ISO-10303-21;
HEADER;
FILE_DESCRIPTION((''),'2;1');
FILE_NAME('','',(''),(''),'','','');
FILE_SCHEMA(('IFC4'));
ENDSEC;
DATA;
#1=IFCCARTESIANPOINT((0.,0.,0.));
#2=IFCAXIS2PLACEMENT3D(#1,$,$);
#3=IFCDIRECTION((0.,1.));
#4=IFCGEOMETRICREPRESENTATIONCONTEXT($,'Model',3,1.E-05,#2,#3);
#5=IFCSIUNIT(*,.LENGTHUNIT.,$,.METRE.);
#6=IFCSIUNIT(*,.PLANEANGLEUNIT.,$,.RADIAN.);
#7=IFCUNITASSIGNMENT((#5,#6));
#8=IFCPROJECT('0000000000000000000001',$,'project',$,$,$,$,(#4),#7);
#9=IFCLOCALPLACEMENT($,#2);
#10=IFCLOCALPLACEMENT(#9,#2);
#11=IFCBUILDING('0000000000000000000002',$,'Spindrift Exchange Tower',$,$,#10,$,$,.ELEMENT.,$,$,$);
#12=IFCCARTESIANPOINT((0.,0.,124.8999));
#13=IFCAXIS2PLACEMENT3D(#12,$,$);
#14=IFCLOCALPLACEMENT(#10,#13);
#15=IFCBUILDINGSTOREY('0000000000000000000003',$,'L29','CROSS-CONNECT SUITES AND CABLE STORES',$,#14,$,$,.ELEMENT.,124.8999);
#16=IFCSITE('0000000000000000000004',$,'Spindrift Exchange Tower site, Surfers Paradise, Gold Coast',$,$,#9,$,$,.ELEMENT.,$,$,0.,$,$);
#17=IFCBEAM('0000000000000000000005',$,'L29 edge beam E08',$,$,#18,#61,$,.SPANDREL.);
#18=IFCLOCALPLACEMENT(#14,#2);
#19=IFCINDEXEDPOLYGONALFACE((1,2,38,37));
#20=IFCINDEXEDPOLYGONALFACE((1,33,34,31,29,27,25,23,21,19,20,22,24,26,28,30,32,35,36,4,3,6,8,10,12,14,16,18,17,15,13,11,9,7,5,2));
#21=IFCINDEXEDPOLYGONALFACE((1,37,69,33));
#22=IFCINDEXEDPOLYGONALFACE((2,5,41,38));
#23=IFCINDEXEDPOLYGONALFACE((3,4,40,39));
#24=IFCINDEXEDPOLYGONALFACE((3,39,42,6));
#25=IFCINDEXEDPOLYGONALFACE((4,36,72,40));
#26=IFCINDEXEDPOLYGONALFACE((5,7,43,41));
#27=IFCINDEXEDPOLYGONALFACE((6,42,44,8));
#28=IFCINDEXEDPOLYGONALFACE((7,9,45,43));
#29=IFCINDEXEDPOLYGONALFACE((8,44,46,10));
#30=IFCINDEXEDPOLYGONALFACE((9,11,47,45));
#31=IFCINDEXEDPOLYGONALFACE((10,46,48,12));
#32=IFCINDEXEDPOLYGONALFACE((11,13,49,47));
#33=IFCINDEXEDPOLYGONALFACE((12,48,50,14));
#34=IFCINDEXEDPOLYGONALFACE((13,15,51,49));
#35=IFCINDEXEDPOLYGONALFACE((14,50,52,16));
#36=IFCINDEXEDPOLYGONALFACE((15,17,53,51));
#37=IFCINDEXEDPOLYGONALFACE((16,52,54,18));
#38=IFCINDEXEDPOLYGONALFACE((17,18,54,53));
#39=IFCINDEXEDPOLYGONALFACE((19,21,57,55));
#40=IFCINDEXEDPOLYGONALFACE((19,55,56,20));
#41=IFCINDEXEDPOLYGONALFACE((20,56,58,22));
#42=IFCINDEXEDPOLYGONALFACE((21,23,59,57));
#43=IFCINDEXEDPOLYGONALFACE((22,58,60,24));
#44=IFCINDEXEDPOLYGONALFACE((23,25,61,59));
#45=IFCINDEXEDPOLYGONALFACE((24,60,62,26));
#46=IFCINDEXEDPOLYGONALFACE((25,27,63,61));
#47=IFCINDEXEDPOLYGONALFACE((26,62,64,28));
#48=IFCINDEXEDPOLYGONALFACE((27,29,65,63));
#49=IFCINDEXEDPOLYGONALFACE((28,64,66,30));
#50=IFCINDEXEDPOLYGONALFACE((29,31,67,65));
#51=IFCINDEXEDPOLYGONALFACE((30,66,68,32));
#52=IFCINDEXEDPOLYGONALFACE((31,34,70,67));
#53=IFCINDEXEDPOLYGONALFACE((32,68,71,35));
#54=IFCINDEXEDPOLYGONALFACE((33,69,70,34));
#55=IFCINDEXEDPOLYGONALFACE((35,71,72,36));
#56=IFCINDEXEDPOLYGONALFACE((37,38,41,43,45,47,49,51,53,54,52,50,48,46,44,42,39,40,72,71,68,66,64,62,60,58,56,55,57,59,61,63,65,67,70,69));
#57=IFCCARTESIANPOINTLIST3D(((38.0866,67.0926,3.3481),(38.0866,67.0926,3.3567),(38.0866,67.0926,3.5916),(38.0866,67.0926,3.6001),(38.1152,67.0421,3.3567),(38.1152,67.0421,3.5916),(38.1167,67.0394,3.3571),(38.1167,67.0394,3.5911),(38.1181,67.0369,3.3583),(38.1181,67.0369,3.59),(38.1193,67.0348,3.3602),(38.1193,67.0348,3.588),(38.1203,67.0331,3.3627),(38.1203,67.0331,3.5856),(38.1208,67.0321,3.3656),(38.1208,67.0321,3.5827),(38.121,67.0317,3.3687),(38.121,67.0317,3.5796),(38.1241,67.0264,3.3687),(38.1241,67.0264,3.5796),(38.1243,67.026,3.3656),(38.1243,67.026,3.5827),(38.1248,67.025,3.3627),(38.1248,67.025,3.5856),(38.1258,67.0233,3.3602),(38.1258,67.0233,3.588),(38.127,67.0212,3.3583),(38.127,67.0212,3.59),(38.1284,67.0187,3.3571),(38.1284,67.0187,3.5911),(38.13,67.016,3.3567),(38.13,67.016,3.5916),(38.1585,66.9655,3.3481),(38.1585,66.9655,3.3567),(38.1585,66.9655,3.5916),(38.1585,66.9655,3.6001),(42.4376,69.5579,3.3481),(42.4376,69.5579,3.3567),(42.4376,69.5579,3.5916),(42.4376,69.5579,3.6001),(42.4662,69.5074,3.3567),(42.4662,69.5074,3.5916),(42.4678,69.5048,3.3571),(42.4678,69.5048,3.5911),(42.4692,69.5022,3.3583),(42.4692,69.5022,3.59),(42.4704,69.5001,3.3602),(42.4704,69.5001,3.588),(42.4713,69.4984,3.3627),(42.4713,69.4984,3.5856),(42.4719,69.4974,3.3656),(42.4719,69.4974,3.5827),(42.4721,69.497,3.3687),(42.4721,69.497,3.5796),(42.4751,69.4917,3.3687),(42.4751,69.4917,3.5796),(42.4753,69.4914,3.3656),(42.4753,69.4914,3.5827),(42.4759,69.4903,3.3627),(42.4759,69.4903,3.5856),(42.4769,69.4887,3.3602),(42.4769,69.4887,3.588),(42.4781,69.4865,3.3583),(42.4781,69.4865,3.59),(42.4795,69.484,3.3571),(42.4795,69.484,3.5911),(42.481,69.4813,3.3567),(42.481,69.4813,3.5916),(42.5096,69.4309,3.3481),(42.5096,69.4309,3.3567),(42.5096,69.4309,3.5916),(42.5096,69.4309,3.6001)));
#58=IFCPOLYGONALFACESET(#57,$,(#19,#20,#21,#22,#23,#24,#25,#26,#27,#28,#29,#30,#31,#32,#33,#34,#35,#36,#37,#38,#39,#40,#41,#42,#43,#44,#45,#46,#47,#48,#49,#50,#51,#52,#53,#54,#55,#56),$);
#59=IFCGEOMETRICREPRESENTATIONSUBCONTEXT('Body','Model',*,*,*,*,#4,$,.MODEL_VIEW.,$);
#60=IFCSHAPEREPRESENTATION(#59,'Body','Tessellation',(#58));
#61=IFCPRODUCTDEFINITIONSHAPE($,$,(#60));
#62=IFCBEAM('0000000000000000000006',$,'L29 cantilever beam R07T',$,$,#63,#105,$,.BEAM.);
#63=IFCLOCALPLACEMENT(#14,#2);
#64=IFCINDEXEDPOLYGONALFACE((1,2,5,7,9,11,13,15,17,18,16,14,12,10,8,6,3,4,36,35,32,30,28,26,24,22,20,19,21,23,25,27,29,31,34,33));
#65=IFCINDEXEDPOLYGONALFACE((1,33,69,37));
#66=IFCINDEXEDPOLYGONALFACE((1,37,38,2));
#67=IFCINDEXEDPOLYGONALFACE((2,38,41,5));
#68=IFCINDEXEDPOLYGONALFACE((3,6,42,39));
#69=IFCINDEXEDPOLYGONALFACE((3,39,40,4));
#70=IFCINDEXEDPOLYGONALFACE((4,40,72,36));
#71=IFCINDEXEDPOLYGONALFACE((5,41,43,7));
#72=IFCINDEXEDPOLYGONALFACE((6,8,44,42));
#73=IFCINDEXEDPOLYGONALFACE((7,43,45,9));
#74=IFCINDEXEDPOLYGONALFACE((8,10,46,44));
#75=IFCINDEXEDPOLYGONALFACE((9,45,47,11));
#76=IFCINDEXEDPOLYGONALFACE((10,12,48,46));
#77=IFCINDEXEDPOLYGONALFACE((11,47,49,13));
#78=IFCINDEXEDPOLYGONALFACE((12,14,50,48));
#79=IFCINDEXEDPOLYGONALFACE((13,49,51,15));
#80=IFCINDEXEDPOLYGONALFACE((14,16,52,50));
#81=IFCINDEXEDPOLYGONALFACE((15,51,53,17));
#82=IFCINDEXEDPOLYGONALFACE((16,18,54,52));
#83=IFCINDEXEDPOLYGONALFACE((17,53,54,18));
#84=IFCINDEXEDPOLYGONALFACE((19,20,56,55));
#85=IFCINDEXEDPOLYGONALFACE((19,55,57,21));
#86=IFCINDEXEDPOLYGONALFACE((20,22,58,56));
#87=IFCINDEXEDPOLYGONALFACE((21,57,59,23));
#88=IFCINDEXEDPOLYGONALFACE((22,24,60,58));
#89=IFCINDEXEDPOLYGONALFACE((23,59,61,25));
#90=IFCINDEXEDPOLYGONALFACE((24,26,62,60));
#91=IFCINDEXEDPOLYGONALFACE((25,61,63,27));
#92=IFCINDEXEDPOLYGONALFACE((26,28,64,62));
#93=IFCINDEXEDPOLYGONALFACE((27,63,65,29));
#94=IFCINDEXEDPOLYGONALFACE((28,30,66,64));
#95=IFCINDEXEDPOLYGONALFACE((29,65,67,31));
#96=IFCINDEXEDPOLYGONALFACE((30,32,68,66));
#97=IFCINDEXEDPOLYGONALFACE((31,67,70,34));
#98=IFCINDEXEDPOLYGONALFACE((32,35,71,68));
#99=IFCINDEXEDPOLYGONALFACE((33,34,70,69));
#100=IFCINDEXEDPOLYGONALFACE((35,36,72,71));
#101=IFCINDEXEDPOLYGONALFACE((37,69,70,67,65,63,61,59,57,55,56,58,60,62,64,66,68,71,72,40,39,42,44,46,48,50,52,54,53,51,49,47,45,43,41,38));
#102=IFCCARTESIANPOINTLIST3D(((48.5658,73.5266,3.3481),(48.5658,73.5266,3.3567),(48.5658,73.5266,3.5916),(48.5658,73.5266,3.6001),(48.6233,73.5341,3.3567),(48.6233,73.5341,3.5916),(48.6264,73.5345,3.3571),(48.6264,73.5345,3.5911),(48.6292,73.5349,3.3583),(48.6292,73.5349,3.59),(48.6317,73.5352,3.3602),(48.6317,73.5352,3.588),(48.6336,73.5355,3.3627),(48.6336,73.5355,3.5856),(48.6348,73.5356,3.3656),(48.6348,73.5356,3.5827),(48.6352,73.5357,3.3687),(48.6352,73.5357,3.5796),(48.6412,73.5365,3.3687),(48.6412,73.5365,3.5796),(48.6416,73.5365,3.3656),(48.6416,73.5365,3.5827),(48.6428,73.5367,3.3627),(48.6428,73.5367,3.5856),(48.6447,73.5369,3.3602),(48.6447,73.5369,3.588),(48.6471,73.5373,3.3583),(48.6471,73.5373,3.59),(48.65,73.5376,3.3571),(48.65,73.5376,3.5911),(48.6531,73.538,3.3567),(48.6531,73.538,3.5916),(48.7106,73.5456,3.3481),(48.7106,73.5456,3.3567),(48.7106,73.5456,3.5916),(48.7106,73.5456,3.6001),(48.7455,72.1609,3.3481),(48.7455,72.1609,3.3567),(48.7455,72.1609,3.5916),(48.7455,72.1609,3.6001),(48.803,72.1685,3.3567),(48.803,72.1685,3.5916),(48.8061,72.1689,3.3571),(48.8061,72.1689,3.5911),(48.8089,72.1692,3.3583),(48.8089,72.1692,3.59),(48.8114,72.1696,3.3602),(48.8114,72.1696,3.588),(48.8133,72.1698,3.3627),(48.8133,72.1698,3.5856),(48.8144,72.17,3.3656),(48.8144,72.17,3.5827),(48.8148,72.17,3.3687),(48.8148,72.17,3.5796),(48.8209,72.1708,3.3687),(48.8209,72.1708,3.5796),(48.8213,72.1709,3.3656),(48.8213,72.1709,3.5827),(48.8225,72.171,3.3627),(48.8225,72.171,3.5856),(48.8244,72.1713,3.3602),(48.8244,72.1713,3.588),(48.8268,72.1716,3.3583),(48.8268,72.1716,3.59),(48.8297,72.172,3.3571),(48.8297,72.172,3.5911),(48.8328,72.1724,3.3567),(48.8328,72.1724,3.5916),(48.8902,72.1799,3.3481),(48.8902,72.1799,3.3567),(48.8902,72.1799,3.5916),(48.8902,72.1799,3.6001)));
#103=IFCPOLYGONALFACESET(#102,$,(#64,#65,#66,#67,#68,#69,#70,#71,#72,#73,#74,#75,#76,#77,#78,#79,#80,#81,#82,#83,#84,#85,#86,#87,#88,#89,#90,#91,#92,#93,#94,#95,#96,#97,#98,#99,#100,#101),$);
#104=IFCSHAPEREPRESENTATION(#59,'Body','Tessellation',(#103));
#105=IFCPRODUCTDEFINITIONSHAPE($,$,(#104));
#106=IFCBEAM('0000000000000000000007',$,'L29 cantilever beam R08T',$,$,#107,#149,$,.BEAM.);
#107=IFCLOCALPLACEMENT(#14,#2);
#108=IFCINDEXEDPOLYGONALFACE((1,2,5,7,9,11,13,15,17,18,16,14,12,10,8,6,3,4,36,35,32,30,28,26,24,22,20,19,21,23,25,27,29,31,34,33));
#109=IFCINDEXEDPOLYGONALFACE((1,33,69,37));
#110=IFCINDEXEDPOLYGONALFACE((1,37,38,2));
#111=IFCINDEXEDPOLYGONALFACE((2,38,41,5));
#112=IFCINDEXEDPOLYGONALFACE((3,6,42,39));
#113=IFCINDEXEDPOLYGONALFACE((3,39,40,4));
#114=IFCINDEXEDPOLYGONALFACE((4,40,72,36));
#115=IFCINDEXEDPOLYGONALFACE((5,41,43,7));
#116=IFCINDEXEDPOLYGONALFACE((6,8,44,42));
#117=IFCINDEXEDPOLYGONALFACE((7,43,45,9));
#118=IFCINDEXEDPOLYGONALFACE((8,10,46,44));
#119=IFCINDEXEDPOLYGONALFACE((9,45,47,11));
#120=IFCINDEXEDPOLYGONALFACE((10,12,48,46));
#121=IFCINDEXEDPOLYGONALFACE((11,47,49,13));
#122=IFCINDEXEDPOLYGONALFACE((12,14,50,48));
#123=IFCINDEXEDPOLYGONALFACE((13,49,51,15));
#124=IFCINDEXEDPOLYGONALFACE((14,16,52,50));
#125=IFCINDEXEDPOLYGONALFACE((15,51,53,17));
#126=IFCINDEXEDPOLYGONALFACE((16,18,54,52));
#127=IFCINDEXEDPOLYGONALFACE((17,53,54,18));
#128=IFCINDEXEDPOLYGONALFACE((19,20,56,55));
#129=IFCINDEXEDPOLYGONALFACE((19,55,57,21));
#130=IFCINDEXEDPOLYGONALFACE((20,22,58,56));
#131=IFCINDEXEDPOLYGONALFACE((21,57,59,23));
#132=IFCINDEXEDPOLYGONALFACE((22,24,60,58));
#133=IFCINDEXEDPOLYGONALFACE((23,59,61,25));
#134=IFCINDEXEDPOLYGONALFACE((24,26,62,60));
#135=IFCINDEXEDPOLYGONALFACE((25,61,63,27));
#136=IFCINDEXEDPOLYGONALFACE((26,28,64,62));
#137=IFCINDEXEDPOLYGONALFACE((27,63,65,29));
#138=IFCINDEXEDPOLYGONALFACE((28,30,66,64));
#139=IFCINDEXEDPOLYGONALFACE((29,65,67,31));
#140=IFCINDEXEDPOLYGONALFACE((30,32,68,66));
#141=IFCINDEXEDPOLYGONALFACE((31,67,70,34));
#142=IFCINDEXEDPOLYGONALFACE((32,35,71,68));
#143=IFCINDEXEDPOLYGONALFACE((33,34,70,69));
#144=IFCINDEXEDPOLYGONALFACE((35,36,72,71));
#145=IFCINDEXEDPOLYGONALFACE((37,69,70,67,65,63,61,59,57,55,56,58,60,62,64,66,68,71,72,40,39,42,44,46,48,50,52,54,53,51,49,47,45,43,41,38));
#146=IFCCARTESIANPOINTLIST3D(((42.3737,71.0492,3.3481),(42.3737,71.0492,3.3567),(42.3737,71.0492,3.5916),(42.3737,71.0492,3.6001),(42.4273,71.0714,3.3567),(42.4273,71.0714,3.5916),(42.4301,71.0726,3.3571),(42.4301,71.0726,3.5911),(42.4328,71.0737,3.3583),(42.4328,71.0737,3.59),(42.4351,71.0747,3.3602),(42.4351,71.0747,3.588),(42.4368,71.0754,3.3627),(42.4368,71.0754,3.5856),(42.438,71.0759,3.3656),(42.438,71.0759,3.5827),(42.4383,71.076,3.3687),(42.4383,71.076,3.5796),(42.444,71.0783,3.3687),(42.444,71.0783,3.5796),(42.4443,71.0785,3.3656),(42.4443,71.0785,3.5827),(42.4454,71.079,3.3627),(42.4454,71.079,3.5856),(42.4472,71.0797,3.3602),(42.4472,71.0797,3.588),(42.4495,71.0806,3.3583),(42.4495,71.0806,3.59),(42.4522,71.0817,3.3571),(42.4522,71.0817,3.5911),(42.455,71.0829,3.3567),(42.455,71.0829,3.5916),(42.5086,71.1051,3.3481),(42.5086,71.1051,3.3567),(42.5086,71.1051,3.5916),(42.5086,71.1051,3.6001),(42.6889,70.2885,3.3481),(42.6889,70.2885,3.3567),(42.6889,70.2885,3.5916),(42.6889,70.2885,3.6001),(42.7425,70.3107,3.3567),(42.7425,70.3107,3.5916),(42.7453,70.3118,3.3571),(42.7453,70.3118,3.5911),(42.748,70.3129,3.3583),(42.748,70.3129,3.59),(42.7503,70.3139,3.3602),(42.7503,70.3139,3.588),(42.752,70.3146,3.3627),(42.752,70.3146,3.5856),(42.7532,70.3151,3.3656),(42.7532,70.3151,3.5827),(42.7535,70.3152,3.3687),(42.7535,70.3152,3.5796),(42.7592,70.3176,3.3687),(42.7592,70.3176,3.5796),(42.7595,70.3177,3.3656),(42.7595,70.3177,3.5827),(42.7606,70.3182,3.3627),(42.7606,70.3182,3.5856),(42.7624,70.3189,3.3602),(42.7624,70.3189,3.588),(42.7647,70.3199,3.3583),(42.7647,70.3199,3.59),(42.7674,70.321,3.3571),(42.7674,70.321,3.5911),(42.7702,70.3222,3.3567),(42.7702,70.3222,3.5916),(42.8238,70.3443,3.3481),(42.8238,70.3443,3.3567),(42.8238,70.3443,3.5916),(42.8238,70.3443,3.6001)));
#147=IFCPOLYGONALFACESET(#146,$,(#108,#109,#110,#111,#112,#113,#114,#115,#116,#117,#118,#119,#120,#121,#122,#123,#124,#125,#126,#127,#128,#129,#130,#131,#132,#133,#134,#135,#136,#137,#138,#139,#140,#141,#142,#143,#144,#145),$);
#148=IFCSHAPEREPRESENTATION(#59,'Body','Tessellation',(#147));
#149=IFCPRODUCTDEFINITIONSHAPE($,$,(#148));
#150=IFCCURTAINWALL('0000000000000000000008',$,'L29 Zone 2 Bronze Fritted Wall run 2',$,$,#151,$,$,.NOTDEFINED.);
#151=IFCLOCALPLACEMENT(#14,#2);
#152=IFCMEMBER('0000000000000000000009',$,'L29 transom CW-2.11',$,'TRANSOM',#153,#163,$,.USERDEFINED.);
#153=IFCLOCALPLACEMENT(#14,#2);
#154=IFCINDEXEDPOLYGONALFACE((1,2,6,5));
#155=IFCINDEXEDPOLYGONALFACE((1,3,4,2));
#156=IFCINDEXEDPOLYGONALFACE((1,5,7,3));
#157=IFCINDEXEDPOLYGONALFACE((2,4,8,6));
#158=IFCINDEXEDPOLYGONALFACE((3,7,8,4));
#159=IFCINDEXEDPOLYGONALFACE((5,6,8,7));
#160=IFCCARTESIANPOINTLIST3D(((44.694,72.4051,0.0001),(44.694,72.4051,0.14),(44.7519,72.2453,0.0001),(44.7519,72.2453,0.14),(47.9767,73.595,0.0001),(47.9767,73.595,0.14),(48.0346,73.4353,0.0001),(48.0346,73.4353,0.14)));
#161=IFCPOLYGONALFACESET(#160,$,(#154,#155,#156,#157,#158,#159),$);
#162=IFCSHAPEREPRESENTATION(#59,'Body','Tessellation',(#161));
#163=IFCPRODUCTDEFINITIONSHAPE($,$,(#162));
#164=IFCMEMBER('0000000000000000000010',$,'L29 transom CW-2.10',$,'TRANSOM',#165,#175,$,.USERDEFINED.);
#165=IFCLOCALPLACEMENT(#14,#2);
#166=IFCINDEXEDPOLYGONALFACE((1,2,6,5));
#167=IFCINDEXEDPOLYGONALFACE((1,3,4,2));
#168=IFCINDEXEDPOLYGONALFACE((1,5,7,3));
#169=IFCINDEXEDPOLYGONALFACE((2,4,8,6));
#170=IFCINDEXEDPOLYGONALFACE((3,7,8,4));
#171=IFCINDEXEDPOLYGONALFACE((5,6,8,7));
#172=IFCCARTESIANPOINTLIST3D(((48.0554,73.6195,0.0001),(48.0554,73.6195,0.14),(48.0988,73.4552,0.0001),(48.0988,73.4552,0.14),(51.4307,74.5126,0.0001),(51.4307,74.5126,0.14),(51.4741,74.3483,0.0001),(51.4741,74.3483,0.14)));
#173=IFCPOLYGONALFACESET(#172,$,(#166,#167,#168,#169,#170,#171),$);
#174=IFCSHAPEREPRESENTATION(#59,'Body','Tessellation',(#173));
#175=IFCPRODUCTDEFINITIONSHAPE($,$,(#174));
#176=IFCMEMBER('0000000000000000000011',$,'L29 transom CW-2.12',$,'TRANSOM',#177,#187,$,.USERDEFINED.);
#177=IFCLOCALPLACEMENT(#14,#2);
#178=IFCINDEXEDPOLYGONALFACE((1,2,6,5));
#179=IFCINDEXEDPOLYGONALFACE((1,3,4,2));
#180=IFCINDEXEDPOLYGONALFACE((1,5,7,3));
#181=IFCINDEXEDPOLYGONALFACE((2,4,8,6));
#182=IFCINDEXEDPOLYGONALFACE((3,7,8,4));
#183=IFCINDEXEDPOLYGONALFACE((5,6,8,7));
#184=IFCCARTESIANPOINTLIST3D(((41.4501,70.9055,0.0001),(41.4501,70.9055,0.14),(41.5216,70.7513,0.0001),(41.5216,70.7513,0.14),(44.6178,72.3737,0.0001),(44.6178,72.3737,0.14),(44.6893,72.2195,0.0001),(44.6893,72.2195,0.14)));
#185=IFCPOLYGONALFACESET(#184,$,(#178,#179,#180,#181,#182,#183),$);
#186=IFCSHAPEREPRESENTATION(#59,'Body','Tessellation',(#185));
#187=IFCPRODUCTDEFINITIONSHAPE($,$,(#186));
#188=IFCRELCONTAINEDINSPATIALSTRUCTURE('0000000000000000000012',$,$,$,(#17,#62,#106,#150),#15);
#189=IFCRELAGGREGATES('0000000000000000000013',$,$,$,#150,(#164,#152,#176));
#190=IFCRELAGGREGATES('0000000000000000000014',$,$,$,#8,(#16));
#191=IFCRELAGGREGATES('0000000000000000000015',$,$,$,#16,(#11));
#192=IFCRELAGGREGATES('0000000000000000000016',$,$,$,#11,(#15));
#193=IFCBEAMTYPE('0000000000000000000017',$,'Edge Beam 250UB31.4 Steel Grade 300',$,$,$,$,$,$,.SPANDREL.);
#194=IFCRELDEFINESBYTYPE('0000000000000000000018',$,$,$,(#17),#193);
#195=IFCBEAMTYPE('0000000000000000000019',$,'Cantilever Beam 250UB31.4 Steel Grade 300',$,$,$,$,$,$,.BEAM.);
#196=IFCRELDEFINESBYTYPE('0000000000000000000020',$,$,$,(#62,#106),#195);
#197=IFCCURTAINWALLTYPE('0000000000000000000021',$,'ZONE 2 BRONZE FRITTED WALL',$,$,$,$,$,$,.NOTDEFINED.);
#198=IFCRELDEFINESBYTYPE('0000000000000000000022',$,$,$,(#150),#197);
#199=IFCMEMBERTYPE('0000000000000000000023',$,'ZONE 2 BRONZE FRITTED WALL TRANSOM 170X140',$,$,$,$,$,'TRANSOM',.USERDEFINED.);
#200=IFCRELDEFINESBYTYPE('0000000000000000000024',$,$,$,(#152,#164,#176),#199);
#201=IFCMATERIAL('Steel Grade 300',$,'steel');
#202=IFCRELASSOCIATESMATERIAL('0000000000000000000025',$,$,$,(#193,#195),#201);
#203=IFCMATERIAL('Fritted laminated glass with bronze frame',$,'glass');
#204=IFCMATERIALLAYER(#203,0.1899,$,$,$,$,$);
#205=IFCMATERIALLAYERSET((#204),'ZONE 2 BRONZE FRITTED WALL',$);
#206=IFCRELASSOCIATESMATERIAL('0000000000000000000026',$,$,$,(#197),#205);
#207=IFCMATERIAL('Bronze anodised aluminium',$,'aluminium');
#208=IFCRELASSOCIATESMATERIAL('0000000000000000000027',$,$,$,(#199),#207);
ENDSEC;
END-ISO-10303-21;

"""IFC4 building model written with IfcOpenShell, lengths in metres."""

from ifc_helpers import new_model, si_unit, direction, frame, origin, origin_2d, place, context, subcontext, project, spatial, rectangle, i_section, extrude, source, transform, mapped, material, layer, layer_set, material_profile, profile_set, type_object, element, aggregate, save


model = new_model("IFC4")

# Units and contexts
model_context = context("Model", 3, precision=1e-05, world=origin(), true_north=direction((0.0, 1.0)))
body_context = subcontext(model_context, "Body", "Model", "MODEL_VIEW")
ifc_project = project(units=[si_unit("LENGTHUNIT", "METRE"), si_unit("PLANEANGLEUNIT", "RADIAN")], contexts=[model_context])

# Site, building, storey
site_placement = place(None, origin())
site = spatial("IfcSite", under=ifc_project, at=site_placement, Name="Spindrift Exchange Tower site, Surfers Paradise, Gold Coast", CompositionType="ELEMENT", RefElevation=0.0)
building_placement = place(site_placement, origin())
building = spatial("IfcBuilding", under=site, at=building_placement, Name="Spindrift Exchange Tower", CompositionType="ELEMENT")
storey_placement = place(building_placement, frame((0.0, 0.0, 124.8999)))
storey = spatial("IfcBuildingStorey", under=building, at=storey_placement, Name="L29", Description="CROSS-CONNECT SUITES AND CABLE STORES", CompositionType="ELEMENT", Elevation=124.8999)

# Beams
ifc_material_1 = material(Name="Steel Grade 300", Category="steel")
ifc_material_profile_1 = material_profile(ifc_material_1, i_section(OverallWidth=0.146, OverallDepth=0.252, WebThickness=0.0061, FlangeThickness=0.0085, FilletRadius=0.012, at=origin_2d()), Name="250UB31.4")
ifc_profile_set_1 = profile_set([ifc_material_profile_1], Name="Steel Grade 300")
beam_type_1 = type_object("IfcBeamType", Name="Edge Beam 250UB31.4 Steel Grade 300", PredefinedType="SPANDREL", material=ifc_profile_set_1)
shared_shape_1 = source(origin(), body_context, "Body", "SweptSolid", [
    extrude(i_section(OverallWidth=0.146, OverallDepth=0.252, WebThickness=0.0061, FlangeThickness=0.0085, FilletRadius=0.012, at=origin_2d()), origin(), (0.0, 0.0, 1.0), 5.001),
])
beam_1_placement = place(storey_placement, frame((42.4736, 69.4944, 3.4741), z_axis=(-0.870046, -0.492971, 0.0), x_axis=(0.492971, -0.870046, 0.0)))
element("IfcBeam", 1, at=beam_1_placement, inside=storey, type_object=beam_type_1, Name="L29 edge beam E08", PredefinedType="SPANDREL", context=body_context, shape_type="MappedRepresentation", body=[
    mapped(shared_shape_1, transform((0.0, 0.0, 0.0), scale=1.0)),
])
ifc_material_profile_2 = material_profile(ifc_material_1, i_section(OverallWidth=0.146, OverallDepth=0.252, WebThickness=0.0061, FlangeThickness=0.0085, FilletRadius=0.012, at=origin_2d()), Name="250UB31.4")
ifc_profile_set_2 = profile_set([ifc_material_profile_2], Name="Steel Grade 300")
beam_type_2 = type_object("IfcBeamType", Name="Cantilever Beam 250UB31.4 Steel Grade 300", PredefinedType="BEAM", material=ifc_profile_set_2)
shared_shape_2 = source(origin(), body_context, "Body", "SweptSolid", [
    extrude(i_section(OverallWidth=0.146, OverallDepth=0.252, WebThickness=0.0061, FlangeThickness=0.0085, FilletRadius=0.012, at=origin_2d()), origin(), (0.0, 0.0, 1.0), 1.3774),
])
beam_2_placement = place(storey_placement, frame((48.8179, 72.1704, 3.4741), z_axis=(-0.130445, 0.991456, 0.0), x_axis=(-0.991456, -0.130445, 0.0)))
element("IfcBeam", 2, at=beam_2_placement, inside=storey, type_object=beam_type_2, Name="L29 cantilever beam R07T", PredefinedType="BEAM", context=body_context, shape_type="MappedRepresentation", body=[
    mapped(shared_shape_2, transform((0.0, 0.0, 0.0), scale=1.0)),
])
shared_shape_3 = source(origin(), body_context, "Body", "SweptSolid", [
    extrude(i_section(OverallWidth=0.146, OverallDepth=0.252, WebThickness=0.0061, FlangeThickness=0.0085, FilletRadius=0.012, at=origin_2d()), origin(), (0.0, 0.0, 1.0), 0.8235),
])
beam_3_placement = place(storey_placement, frame((42.7563, 70.3164, 3.4741), z_axis=(-0.382762, 0.923847, 0.0), x_axis=(-0.923847, -0.382762, 0.0)))
element("IfcBeam", 3, at=beam_3_placement, inside=storey, type_object=beam_type_2, Name="L29 cantilever beam R08T", PredefinedType="BEAM", context=body_context, shape_type="MappedRepresentation", body=[
    mapped(shared_shape_3, transform((0.0, 0.0, 0.0), scale=1.0)),
])

# Curtain wall, members
ifc_material_2 = material(Name="Fritted laminated glass with bronze frame", Category="glass")
ifc_layer_1 = layer(ifc_material_2, 0.1899)
ifc_layer_set_1 = layer_set([ifc_layer_1], Name="ZONE 2 BRONZE FRITTED WALL")
curtain_wall_type = type_object("IfcCurtainWallType", Name="ZONE 2 BRONZE FRITTED WALL", PredefinedType="NOTDEFINED", material=ifc_layer_set_1)
curtain_wall_1_placement = place(storey_placement, origin())
curtain_wall_1 = element("IfcCurtainWall", 4, at=curtain_wall_1_placement, inside=storey, type_object=curtain_wall_type, Name="L29 Zone 2 Bronze Fritted Wall run 2", PredefinedType="NOTDEFINED")
ifc_material_3 = material(Name="Bronze anodised aluminium", Category="aluminium")
ifc_material_profile_3 = material_profile(ifc_material_3, rectangle(XDim=0.1699, YDim=0.1399, at=origin_2d()), Name="ZONE 2 BRONZE FRITTED WALL TRANSOM 170X140")
ifc_profile_set_3 = profile_set([ifc_material_profile_3], Name="Bronze anodised aluminium")
member_type_1 = type_object("IfcMemberType", Name="ZONE 2 BRONZE FRITTED WALL TRANSOM 170X140", ElementType="TRANSOM", PredefinedType="USERDEFINED", material=ifc_profile_set_3)
shared_shape_4 = source(origin(), body_context, "Body", "SweptSolid", [
    extrude(rectangle(XDim=0.1699, YDim=0.1399, at=origin_2d()), origin(), (0.0, 0.0, 1.0), 3.4917),
])
member_1_placement = place(storey_placement, frame((48.0056, 73.5151, 0.0701), z_axis=(-0.94014, -0.340789, 0.0), x_axis=(0.340789, -0.94014, 0.0)))
member_1 = element("IfcMember", 5, at=member_1_placement, type_object=member_type_1, Name="L29 transom CW-2.11", ObjectType="TRANSOM", PredefinedType="USERDEFINED", context=body_context, shape_type="MappedRepresentation", body=[
    mapped(shared_shape_4, transform((0.0, 0.0, 0.0), scale=1.0)),
])
shared_shape_5 = source(origin(), body_context, "Body", "SweptSolid", [
    extrude(rectangle(XDim=0.1699, YDim=0.1399, at=origin_2d()), origin(), (0.0, 0.0, 1.0), 3.4915),
])
member_2_placement = place(storey_placement, frame((51.4524, 74.4304, 0.0701), z_axis=(-0.966732, -0.255791, 0.0), x_axis=(0.255791, -0.966732, 0.0)))
member_2 = element("IfcMember", 6, at=member_2_placement, type_object=member_type_1, Name="L29 transom CW-2.10", ObjectType="TRANSOM", PredefinedType="USERDEFINED", context=body_context, shape_type="MappedRepresentation", body=[
    mapped(shared_shape_5, transform((0.0, 0.0, 0.0), scale=1.0)),
])
member_3_placement = place(storey_placement, frame((44.6536, 72.2966, 0.0701), z_axis=(-0.907279, -0.42053, 0.0), x_axis=(0.42053, -0.907279, 0.0)))
member_3 = element("IfcMember", 7, at=member_3_placement, type_object=member_type_1, Name="L29 transom CW-2.12", ObjectType="TRANSOM", PredefinedType="USERDEFINED", context=body_context, shape_type="MappedRepresentation", body=[
    mapped(shared_shape_5, transform((0.0, 0.0, 0.0), scale=1.0)),
])

aggregate(curtain_wall_1, [member_2, member_1, member_3])

save(model, "model.ifc")
